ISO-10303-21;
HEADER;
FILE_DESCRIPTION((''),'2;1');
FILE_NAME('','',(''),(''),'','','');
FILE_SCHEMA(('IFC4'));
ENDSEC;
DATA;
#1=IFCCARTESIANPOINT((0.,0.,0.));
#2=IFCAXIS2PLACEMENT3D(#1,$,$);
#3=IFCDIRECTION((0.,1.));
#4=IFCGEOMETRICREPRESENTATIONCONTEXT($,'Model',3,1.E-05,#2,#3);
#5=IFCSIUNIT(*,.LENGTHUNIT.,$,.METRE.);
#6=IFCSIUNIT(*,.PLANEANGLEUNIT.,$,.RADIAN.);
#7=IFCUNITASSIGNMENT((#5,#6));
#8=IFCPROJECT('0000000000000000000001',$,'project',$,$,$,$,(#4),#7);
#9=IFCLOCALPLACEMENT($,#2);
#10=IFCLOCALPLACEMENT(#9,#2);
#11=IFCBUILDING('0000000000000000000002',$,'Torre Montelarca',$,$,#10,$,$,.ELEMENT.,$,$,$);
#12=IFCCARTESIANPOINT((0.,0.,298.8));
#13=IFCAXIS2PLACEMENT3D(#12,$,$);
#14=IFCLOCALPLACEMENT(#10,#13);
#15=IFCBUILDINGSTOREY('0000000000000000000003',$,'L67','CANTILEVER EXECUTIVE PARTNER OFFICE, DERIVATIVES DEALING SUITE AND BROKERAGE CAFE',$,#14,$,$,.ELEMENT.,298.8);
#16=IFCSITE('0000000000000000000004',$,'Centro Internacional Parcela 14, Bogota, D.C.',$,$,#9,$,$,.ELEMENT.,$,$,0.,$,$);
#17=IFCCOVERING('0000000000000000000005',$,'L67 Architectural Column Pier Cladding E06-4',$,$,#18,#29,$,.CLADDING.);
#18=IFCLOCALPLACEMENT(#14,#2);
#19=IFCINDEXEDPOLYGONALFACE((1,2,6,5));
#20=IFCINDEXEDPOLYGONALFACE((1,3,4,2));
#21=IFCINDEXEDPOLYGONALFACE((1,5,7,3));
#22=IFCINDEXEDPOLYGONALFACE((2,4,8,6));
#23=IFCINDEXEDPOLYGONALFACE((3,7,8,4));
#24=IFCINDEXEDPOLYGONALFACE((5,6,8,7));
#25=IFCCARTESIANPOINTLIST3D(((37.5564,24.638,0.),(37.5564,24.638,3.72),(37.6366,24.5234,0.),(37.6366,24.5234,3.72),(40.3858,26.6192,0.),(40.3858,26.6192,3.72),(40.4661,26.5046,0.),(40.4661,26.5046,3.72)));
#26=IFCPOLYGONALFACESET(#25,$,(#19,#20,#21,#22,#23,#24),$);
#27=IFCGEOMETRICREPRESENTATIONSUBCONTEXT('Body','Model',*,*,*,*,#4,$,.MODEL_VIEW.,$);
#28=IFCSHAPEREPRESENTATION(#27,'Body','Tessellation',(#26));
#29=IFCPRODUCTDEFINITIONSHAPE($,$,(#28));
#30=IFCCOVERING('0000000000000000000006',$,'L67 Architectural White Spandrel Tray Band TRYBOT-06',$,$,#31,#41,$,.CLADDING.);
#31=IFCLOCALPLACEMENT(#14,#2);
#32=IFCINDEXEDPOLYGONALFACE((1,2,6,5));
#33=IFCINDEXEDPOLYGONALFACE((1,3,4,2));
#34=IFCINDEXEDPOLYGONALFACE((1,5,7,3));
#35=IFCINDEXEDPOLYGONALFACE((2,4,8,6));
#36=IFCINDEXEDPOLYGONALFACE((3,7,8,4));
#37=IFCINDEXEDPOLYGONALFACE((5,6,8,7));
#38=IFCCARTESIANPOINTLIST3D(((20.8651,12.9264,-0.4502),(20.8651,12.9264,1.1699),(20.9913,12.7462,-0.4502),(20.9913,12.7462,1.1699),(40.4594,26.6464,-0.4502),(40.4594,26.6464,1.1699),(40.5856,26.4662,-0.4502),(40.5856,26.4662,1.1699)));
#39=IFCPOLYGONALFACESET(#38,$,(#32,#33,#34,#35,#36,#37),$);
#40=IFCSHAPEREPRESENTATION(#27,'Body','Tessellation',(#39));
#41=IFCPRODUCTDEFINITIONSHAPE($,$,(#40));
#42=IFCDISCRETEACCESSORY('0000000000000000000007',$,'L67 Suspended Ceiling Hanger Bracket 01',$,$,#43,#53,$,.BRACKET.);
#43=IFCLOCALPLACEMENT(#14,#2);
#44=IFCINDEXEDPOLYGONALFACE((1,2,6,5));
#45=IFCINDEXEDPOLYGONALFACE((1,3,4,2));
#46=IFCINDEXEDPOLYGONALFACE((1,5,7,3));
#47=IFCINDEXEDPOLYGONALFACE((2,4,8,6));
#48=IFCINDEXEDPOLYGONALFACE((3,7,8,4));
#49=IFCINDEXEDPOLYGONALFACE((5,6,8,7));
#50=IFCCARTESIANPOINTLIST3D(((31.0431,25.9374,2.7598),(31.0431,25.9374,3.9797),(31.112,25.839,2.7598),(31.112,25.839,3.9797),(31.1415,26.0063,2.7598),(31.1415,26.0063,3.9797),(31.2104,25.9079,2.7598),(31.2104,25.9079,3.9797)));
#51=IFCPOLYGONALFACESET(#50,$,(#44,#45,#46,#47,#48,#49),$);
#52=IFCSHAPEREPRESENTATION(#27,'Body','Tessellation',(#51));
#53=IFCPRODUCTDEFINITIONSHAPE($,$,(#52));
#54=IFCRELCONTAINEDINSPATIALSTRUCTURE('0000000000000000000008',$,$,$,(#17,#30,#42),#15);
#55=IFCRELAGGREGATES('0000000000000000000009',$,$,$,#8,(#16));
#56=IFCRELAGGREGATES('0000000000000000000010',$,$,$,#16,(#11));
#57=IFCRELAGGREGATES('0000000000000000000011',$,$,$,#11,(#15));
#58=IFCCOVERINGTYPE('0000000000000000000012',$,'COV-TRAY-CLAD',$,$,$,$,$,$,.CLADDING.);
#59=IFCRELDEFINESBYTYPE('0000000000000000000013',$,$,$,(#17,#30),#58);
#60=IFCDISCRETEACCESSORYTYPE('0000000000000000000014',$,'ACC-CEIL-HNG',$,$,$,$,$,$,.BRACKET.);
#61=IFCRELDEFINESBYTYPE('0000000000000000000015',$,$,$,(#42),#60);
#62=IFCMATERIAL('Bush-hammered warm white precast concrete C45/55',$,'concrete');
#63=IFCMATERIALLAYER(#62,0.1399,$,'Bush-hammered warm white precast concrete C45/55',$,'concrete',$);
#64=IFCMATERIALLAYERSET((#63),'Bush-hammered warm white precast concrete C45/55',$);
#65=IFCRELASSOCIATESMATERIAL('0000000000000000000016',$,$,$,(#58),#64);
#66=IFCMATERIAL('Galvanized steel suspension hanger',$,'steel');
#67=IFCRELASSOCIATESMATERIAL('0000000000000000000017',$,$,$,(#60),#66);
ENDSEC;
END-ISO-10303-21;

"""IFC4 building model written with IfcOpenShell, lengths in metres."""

from ifc_helpers import new_model, si_unit, direction, frame, origin, origin_2d, place, context, subcontext, project, spatial, rectangle, extrude, source, transform, mapped, material, layer, layer_set, type_object, element, save


model = new_model("IFC4")

# Units and contexts
model_context = context("Model", 3, precision=1e-05, world=origin(), true_north=direction((0.0, 1.0)))
body_context = subcontext(model_context, "Body", "Model", "MODEL_VIEW")
ifc_project = project(units=[si_unit("LENGTHUNIT", "METRE"), si_unit("PLANEANGLEUNIT", "RADIAN")], contexts=[model_context])

# Site, building, storey
site_placement = place(None, origin())
site = spatial("IfcSite", under=ifc_project, at=site_placement, Name="Centro Internacional Parcela 14, Bogota, D.C.", CompositionType="ELEMENT", RefElevation=0.0)
building_placement = place(site_placement, origin())
building = spatial("IfcBuilding", under=site, at=building_placement, Name="Torre Montelarca", CompositionType="ELEMENT")
storey_placement = place(building_placement, frame((0.0, 0.0, 298.8)))
storey = spatial("IfcBuildingStorey", under=building, at=storey_placement, Name="L67", Description="CANTILEVER EXECUTIVE PARTNER OFFICE, DERIVATIVES DEALING SUITE AND BROKERAGE CAFE", CompositionType="ELEMENT", Elevation=298.8)

# Coverings
ifc_material_1 = material(Name="Bush-hammered warm white precast concrete C45/55", Category="concrete")
ifc_layer_1 = layer(ifc_material_1, 0.1399, Name="Bush-hammered warm white precast concrete C45/55", Category="concrete")
ifc_layer_set_1 = layer_set([ifc_layer_1], Name="Bush-hammered warm white precast concrete C45/55")
covering_type = type_object("IfcCoveringType", Name="COV-TRAY-CLAD", PredefinedType="CLADDING", material=ifc_layer_set_1)
shared_shape_1 = source(origin(), body_context, "Body", "SweptSolid", [
    extrude(rectangle(XDim=3.4541, YDim=0.1399, at=origin_2d()), origin(), (0.0, 0.0, 1.0), 3.72),
])
covering_1_placement = place(storey_placement, frame((39.0112, 25.5713, 0.0), z_axis=(0.0, 0.0, 1.0), x_axis=(0.819156, 0.573571, 0.0)))
element("IfcCovering", 1, at=covering_1_placement, inside=storey, type_object=covering_type, Name="L67 Architectural Column Pier Cladding E06-4", PredefinedType="CLADDING", context=body_context, shape_type="MappedRepresentation", body=[
    mapped(shared_shape_1, transform((0.0, 0.0, 0.0), scale=1.0)),
])
shared_shape_2 = source(origin(), body_context, "Body", "SweptSolid", [
    extrude(rectangle(XDim=23.9202, YDim=0.22, at=origin_2d()), origin(), (0.0, 0.0, 1.0), 1.6201),
])
covering_2_placement = place(storey_placement, frame((30.7253, 19.6963, -0.4502), z_axis=(0.0, 0.0, 1.0), x_axis=(0.819154, 0.573574, 0.0)))
element("IfcCovering", 2, at=covering_2_placement, inside=storey, type_object=covering_type, Name="L67 Architectural White Spandrel Tray Band TRYBOT-06", PredefinedType="CLADDING", context=body_context, shape_type="MappedRepresentation", body=[
    mapped(shared_shape_2, transform((0.0, 0.0, 0.0), scale=1.0)),
])

# Discrete accessory
ifc_material_2 = material(Name="Galvanized steel suspension hanger", Category="steel")
discrete_accessory_type = type_object("IfcDiscreteAccessoryType", Name="ACC-CEIL-HNG", PredefinedType="BRACKET", material=ifc_material_2)
shared_shape_3 = source(origin(), body_context, "Body", "SweptSolid", [
    extrude(rectangle(XDim=0.1201, YDim=0.1201, at=origin_2d()), origin(), (0.0, 0.0, 1.0), 1.22),
])
discrete_accessory_placement = place(storey_placement, frame((31.1267, 25.9226, 2.7598), z_axis=(0.0, 0.0, 1.0), x_axis=(-0.573576, 0.819152, 0.0)))
element("IfcDiscreteAccessory", 3, at=discrete_accessory_placement, inside=storey, type_object=discrete_accessory_type, Name="L67 Suspended Ceiling Hanger Bracket 01", PredefinedType="BRACKET", context=body_context, shape_type="MappedRepresentation", body=[
    mapped(shared_shape_3, transform((0.0, 0.0, 0.0), scale=1.0)),
])

save(model, "model.ifc")
